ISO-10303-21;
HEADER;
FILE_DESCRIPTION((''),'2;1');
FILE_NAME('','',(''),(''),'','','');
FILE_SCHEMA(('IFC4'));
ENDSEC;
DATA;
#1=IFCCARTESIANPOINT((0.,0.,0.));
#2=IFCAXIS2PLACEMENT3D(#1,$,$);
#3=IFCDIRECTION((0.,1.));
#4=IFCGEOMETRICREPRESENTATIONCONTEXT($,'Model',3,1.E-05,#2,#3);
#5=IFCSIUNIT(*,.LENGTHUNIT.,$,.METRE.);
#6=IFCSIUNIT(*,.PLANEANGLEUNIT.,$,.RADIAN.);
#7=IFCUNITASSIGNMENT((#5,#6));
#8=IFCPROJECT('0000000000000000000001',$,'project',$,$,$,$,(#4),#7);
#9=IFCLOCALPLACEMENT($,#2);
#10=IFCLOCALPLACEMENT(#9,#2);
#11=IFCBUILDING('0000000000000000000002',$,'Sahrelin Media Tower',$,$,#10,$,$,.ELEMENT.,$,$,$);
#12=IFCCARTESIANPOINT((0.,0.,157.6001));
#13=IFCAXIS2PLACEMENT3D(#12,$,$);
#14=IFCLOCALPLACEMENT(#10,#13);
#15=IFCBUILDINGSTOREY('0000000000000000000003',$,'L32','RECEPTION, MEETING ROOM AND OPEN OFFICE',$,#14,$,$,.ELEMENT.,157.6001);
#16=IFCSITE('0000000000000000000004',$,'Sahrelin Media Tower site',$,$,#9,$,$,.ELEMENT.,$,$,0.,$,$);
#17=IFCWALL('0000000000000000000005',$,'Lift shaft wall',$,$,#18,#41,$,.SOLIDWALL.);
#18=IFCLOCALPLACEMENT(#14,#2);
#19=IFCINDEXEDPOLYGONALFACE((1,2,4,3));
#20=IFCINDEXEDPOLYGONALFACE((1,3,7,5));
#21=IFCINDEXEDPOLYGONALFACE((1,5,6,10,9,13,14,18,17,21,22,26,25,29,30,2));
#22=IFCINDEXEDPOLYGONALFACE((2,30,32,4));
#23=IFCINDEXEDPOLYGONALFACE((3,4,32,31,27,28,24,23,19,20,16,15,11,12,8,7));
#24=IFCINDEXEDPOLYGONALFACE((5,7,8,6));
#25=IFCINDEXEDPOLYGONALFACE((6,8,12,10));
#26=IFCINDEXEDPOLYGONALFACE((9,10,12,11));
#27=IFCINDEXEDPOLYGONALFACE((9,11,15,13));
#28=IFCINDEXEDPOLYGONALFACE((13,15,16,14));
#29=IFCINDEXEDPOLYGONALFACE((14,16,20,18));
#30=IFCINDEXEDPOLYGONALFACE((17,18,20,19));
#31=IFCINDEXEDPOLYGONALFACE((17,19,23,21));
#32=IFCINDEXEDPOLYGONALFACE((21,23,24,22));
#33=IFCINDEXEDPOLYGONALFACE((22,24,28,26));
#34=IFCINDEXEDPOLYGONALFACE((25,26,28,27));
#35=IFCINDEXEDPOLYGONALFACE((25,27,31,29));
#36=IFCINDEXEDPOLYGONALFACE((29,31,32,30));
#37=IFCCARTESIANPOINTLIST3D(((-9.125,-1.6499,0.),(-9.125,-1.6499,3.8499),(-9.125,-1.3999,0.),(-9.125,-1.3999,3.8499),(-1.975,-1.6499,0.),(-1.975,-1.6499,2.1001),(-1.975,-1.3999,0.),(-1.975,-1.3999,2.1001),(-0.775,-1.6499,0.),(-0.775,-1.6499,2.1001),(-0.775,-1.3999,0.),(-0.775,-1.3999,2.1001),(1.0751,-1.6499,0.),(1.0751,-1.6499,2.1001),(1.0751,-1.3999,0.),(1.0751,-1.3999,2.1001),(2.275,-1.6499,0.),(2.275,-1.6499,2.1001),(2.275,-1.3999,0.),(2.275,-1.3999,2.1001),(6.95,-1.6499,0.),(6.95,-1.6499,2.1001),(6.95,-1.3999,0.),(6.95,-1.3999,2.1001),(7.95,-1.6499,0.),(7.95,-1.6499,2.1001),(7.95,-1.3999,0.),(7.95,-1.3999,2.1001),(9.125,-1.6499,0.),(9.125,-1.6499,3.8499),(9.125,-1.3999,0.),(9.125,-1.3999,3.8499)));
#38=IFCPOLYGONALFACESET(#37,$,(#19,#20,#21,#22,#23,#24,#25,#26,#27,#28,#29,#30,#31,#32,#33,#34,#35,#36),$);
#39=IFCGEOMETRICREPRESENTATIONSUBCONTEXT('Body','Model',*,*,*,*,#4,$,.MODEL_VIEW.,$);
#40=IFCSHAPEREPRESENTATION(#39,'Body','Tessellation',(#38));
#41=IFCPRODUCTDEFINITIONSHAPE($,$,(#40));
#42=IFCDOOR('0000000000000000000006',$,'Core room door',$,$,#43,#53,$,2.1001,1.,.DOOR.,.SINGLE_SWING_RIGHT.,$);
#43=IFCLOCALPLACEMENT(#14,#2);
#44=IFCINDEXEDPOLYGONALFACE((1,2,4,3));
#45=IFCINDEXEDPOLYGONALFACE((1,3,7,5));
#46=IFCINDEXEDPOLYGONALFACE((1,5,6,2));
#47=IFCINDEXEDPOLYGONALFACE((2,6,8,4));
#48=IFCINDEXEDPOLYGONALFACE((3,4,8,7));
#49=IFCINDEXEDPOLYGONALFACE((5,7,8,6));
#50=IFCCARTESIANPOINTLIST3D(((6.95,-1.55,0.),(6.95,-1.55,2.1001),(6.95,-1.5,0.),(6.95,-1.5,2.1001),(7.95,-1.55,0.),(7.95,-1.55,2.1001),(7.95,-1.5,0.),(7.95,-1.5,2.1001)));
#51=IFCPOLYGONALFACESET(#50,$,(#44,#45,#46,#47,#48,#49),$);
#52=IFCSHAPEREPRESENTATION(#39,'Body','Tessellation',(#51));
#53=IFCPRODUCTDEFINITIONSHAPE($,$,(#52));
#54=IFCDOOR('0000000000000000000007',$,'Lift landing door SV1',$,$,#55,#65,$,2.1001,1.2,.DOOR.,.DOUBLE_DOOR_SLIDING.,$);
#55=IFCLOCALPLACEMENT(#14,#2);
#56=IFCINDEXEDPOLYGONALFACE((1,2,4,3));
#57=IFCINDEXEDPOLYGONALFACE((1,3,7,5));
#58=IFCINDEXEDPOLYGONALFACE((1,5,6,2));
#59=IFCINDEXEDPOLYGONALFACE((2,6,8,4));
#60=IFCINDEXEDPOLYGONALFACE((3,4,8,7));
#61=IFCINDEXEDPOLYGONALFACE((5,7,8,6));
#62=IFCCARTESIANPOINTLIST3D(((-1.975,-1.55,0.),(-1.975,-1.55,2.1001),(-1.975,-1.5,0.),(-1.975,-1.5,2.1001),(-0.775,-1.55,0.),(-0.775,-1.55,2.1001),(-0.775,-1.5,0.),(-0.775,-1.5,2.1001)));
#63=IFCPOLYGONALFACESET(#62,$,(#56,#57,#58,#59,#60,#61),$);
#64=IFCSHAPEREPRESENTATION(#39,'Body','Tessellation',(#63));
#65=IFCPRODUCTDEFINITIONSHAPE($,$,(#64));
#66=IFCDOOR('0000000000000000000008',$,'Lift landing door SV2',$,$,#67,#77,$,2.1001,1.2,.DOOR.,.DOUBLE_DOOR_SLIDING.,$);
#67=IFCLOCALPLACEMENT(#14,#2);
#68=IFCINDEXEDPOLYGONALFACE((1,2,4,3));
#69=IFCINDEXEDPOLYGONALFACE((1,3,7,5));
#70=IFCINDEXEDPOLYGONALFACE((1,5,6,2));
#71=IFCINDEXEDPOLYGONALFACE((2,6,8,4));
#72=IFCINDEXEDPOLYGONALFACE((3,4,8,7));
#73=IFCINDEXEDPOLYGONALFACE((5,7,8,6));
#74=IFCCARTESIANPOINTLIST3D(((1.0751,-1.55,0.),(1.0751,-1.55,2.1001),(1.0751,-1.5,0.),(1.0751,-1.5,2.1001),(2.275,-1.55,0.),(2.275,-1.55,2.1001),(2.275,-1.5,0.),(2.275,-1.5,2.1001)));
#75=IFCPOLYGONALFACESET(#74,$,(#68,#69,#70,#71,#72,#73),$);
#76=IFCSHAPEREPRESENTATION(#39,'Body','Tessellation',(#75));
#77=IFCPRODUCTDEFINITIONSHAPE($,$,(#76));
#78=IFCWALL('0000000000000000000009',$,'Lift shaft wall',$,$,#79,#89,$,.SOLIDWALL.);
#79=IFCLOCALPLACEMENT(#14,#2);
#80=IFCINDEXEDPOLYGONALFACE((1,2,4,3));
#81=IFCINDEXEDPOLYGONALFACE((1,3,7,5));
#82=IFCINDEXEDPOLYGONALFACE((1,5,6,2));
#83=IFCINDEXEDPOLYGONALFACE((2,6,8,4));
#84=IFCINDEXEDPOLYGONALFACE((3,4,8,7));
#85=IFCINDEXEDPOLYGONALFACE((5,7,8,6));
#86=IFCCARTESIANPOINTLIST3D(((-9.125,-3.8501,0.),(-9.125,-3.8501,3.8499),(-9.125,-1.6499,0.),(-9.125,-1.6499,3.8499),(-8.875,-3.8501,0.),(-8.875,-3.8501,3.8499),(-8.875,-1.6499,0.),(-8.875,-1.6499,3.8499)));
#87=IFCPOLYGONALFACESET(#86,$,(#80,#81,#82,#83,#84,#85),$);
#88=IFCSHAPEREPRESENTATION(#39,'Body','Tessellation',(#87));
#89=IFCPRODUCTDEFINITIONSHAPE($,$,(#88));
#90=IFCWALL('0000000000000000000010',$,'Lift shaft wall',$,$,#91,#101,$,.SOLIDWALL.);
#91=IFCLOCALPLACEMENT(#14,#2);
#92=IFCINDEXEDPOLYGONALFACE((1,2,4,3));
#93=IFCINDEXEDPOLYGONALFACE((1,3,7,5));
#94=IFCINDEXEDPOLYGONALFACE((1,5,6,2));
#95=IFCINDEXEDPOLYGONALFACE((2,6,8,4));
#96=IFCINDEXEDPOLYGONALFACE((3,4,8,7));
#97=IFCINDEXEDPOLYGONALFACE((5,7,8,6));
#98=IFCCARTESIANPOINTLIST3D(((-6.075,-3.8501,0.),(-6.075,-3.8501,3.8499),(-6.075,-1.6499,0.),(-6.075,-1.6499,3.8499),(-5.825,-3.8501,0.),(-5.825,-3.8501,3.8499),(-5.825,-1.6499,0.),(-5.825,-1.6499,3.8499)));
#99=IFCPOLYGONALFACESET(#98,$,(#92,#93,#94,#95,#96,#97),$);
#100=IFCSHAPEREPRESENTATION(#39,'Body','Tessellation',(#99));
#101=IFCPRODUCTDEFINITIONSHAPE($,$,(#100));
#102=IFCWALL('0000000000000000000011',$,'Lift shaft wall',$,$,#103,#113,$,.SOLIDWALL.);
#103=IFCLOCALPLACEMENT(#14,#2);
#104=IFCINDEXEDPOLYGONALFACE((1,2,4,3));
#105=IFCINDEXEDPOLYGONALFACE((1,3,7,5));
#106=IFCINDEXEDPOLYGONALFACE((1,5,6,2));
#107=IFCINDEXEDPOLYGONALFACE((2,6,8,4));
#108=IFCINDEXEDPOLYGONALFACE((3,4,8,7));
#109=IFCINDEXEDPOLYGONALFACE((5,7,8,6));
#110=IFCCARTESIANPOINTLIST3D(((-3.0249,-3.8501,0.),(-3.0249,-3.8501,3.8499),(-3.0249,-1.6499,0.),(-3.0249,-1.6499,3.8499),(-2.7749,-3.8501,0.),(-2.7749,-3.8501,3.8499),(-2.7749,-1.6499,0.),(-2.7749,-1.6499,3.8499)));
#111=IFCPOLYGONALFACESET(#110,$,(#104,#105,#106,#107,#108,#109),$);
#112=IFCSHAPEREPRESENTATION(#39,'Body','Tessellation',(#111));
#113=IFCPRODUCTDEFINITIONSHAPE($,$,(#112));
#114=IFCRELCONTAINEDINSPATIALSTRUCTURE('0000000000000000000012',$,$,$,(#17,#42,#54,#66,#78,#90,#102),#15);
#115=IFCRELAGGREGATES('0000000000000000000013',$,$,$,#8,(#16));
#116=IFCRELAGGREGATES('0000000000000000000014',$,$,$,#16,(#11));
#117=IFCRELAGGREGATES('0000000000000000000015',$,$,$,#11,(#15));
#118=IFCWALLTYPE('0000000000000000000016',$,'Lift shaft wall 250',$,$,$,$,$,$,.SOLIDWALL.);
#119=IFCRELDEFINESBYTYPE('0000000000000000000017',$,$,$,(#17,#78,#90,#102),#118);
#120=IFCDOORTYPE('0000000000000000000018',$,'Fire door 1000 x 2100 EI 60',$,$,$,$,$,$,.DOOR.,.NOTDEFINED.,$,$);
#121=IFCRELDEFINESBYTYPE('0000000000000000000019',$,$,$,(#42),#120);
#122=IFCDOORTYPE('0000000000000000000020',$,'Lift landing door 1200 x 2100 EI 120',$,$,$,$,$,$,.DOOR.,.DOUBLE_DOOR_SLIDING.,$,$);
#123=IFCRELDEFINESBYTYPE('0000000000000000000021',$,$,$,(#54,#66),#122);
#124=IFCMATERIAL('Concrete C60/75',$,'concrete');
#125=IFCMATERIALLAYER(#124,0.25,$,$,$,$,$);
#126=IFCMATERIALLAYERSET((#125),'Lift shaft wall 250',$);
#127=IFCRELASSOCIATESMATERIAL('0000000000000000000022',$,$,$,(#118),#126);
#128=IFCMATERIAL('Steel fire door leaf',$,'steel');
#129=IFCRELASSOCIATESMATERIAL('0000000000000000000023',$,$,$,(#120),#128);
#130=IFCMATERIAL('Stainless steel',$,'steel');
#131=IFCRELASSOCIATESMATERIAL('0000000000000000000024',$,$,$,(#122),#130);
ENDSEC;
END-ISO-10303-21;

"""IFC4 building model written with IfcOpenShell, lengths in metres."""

from ifc_helpers import new_model, si_unit, direction, frame, frame_2d, origin, place, context, subcontext, project, spatial, rectangle, extrude, material, layer, layer_set, type_object, element, fill, save


model = new_model("IFC4")

# Units and contexts
model_context = context("Model", 3, precision=1e-05, world=origin(), true_north=direction((0.0, 1.0)))
body_context = subcontext(model_context, "Body", "Model", "MODEL_VIEW")
ifc_project = project(units=[si_unit("LENGTHUNIT", "METRE"), si_unit("PLANEANGLEUNIT", "RADIAN")], contexts=[model_context])

# Site, building, storey
site_placement = place(None, origin())
site = spatial("IfcSite", under=ifc_project, at=site_placement, Name="Sahrelin Media Tower site", CompositionType="ELEMENT", RefElevation=0.0)
building_placement = place(site_placement, origin())
building = spatial("IfcBuilding", under=site, at=building_placement, Name="Sahrelin Media Tower", CompositionType="ELEMENT")
storey_placement = place(building_placement, frame((0.0, 0.0, 157.6001)))
storey = spatial("IfcBuildingStorey", under=building, at=storey_placement, Name="L32", Description="RECEPTION, MEETING ROOM AND OPEN OFFICE", CompositionType="ELEMENT", Elevation=157.6001)

# Shared definitions
ifc_material_1 = material(Name="Steel fire door leaf", Category="steel")

# Wall, openings, doors
ifc_material_2 = material(Name="Concrete C60/75", Category="concrete")
ifc_layer_1 = layer(ifc_material_2, 0.25)
ifc_layer_set_1 = layer_set([ifc_layer_1], Name="Lift shaft wall 250")
wall_type_1 = type_object("IfcWallType", Name="Lift shaft wall 250", PredefinedType="SOLIDWALL", material=ifc_layer_set_1)
wall_1_placement = place(storey_placement, frame((-9.125, -1.5249, 0.0), z_axis=(0.0, 0.0, 1.0), x_axis=(1.0, 0.0, 0.0)))
wall_1 = element("IfcWall", 1, at=wall_1_placement, inside=storey, type_object=wall_type_1, Name="Lift shaft wall", PredefinedType="SOLIDWALL", context=body_context, shape_type="SweptSolid", body=[
    extrude(rectangle(XDim=18.25, YDim=0.25, at=frame_2d((9.125, 0.0))), origin(), (0.0, 0.0, 1.0), 3.8499),
])
opening_1_placement = place(wall_1_placement, frame((7.1499, 0.0, 0.0)))
opening_1 = element("IfcOpeningElement", 2, at=opening_1_placement, cuts=wall_1, PredefinedType="OPENING", context=body_context, shape_type="SweptSolid", body=[
    extrude(rectangle(XDim=1.2, YDim=2.1001, at=frame_2d((0.6001, 1.05))), frame((0.0, 0.125, 0.0), z_axis=(0.0, -1.0, 0.0), x_axis=(1.0, 0.0, 0.0)), (0.0, 0.0, 1.0), 0.25),
])
opening_2_placement = place(wall_1_placement, frame((10.2, 0.0, 0.0)))
opening_2 = element("IfcOpeningElement", 3, at=opening_2_placement, cuts=wall_1, PredefinedType="OPENING", context=body_context, shape_type="SweptSolid", body=[
    extrude(rectangle(XDim=1.2, YDim=2.1001, at=frame_2d((0.6001, 1.05))), frame((0.0, 0.125, 0.0), z_axis=(0.0, -1.0, 0.0), x_axis=(1.0, 0.0, 0.0)), (0.0, 0.0, 1.0), 0.25),
])
opening_3_placement = place(wall_1_placement, frame((16.075, 0.0, 0.0)))
opening_3 = element("IfcOpeningElement", 4, at=opening_3_placement, cuts=wall_1, PredefinedType="OPENING", context=body_context, shape_type="SweptSolid", body=[
    extrude(rectangle(XDim=1.0, YDim=2.1001, at=frame_2d((0.5, 1.05))), frame((0.0, 0.125, 0.0), z_axis=(0.0, -1.0, 0.0), x_axis=(1.0, 0.0, 0.0)), (0.0, 0.0, 1.0), 0.25),
])
door_type_1 = type_object("IfcDoorType", Name="Fire door 1000 x 2100 EI 60", OperationType="NOTDEFINED", PredefinedType="DOOR", material=ifc_material_1)
door_1_placement = place(opening_3_placement, origin())
door_1 = element("IfcDoor", 5, at=door_1_placement, inside=storey, type_object=door_type_1, Name="Core room door", OperationType="SINGLE_SWING_RIGHT", OverallHeight=2.1001, OverallWidth=1.0, PredefinedType="DOOR", context=body_context, shape_type="SweptSolid", body=[
    extrude(rectangle(XDim=1.0, YDim=2.1001, at=frame_2d((0.5, 1.05))), frame((0.0, 0.0249, 0.0), z_axis=(0.0, -1.0, 0.0), x_axis=(1.0, 0.0, 0.0)), (0.0, 0.0, 1.0), 0.05),
])
fill(opening_3, door_1)
ifc_material_3 = material(Name="Stainless steel", Category="steel")
door_type_2 = type_object("IfcDoorType", Name="Lift landing door 1200 x 2100 EI 120", OperationType="DOUBLE_DOOR_SLIDING", PredefinedType="DOOR", material=ifc_material_3)
door_2_placement = place(opening_1_placement, origin())
door_2 = element("IfcDoor", 6, at=door_2_placement, inside=storey, type_object=door_type_2, Name="Lift landing door SV1", OperationType="DOUBLE_DOOR_SLIDING", OverallHeight=2.1001, OverallWidth=1.2, PredefinedType="DOOR", context=body_context, shape_type="SweptSolid", body=[
    extrude(rectangle(XDim=1.2, YDim=2.1001, at=frame_2d((0.6001, 1.05))), frame((0.0, 0.0249, 0.0), z_axis=(0.0, -1.0, 0.0), x_axis=(1.0, 0.0, 0.0)), (0.0, 0.0, 1.0), 0.05),
])
fill(opening_1, door_2)
door_3_placement = place(opening_2_placement, origin())
door_3 = element("IfcDoor", 7, at=door_3_placement, inside=storey, type_object=door_type_2, Name="Lift landing door SV2", OperationType="DOUBLE_DOOR_SLIDING", OverallHeight=2.1001, OverallWidth=1.2, PredefinedType="DOOR", context=body_context, shape_type="SweptSolid", body=[
    extrude(rectangle(XDim=1.2, YDim=2.1001, at=frame_2d((0.6001, 1.05))), frame((0.0, 0.0249, 0.0), z_axis=(0.0, -1.0, 0.0), x_axis=(1.0, 0.0, 0.0)), (0.0, 0.0, 1.0), 0.05),
])
fill(opening_2, door_3)

# Walls
for number, where, z_axis, x_axis, name in (
    (8, (-9.0, -3.8501, 0.0), (0.0, 0.0, 1.0), (0.0, 1.0, 0.0), "Lift shaft wall"),
    (9, (-5.95, -3.8501, 0.0), (0.0, 0.0, 1.0), (0.0, 1.0, 0.0), "Lift shaft wall"),
    (10, (-2.8999, -3.8501, 0.0), (0.0, 0.0, 1.0), (0.0, 1.0, 0.0), "Lift shaft wall"),
):
    element("IfcWall", number, at=place(storey_placement, frame(where, z_axis=z_axis, x_axis=x_axis)), inside=storey, type_object=wall_type_1, Name=name, PredefinedType="SOLIDWALL", context=body_context, shape_type="SweptSolid", body=[
        extrude(rectangle(XDim=2.2002, YDim=0.25, at=frame_2d((1.1001, 0.0))), origin(), (0.0, 0.0, 1.0), 3.8499),
    ])

save(model, "model.ifc")
